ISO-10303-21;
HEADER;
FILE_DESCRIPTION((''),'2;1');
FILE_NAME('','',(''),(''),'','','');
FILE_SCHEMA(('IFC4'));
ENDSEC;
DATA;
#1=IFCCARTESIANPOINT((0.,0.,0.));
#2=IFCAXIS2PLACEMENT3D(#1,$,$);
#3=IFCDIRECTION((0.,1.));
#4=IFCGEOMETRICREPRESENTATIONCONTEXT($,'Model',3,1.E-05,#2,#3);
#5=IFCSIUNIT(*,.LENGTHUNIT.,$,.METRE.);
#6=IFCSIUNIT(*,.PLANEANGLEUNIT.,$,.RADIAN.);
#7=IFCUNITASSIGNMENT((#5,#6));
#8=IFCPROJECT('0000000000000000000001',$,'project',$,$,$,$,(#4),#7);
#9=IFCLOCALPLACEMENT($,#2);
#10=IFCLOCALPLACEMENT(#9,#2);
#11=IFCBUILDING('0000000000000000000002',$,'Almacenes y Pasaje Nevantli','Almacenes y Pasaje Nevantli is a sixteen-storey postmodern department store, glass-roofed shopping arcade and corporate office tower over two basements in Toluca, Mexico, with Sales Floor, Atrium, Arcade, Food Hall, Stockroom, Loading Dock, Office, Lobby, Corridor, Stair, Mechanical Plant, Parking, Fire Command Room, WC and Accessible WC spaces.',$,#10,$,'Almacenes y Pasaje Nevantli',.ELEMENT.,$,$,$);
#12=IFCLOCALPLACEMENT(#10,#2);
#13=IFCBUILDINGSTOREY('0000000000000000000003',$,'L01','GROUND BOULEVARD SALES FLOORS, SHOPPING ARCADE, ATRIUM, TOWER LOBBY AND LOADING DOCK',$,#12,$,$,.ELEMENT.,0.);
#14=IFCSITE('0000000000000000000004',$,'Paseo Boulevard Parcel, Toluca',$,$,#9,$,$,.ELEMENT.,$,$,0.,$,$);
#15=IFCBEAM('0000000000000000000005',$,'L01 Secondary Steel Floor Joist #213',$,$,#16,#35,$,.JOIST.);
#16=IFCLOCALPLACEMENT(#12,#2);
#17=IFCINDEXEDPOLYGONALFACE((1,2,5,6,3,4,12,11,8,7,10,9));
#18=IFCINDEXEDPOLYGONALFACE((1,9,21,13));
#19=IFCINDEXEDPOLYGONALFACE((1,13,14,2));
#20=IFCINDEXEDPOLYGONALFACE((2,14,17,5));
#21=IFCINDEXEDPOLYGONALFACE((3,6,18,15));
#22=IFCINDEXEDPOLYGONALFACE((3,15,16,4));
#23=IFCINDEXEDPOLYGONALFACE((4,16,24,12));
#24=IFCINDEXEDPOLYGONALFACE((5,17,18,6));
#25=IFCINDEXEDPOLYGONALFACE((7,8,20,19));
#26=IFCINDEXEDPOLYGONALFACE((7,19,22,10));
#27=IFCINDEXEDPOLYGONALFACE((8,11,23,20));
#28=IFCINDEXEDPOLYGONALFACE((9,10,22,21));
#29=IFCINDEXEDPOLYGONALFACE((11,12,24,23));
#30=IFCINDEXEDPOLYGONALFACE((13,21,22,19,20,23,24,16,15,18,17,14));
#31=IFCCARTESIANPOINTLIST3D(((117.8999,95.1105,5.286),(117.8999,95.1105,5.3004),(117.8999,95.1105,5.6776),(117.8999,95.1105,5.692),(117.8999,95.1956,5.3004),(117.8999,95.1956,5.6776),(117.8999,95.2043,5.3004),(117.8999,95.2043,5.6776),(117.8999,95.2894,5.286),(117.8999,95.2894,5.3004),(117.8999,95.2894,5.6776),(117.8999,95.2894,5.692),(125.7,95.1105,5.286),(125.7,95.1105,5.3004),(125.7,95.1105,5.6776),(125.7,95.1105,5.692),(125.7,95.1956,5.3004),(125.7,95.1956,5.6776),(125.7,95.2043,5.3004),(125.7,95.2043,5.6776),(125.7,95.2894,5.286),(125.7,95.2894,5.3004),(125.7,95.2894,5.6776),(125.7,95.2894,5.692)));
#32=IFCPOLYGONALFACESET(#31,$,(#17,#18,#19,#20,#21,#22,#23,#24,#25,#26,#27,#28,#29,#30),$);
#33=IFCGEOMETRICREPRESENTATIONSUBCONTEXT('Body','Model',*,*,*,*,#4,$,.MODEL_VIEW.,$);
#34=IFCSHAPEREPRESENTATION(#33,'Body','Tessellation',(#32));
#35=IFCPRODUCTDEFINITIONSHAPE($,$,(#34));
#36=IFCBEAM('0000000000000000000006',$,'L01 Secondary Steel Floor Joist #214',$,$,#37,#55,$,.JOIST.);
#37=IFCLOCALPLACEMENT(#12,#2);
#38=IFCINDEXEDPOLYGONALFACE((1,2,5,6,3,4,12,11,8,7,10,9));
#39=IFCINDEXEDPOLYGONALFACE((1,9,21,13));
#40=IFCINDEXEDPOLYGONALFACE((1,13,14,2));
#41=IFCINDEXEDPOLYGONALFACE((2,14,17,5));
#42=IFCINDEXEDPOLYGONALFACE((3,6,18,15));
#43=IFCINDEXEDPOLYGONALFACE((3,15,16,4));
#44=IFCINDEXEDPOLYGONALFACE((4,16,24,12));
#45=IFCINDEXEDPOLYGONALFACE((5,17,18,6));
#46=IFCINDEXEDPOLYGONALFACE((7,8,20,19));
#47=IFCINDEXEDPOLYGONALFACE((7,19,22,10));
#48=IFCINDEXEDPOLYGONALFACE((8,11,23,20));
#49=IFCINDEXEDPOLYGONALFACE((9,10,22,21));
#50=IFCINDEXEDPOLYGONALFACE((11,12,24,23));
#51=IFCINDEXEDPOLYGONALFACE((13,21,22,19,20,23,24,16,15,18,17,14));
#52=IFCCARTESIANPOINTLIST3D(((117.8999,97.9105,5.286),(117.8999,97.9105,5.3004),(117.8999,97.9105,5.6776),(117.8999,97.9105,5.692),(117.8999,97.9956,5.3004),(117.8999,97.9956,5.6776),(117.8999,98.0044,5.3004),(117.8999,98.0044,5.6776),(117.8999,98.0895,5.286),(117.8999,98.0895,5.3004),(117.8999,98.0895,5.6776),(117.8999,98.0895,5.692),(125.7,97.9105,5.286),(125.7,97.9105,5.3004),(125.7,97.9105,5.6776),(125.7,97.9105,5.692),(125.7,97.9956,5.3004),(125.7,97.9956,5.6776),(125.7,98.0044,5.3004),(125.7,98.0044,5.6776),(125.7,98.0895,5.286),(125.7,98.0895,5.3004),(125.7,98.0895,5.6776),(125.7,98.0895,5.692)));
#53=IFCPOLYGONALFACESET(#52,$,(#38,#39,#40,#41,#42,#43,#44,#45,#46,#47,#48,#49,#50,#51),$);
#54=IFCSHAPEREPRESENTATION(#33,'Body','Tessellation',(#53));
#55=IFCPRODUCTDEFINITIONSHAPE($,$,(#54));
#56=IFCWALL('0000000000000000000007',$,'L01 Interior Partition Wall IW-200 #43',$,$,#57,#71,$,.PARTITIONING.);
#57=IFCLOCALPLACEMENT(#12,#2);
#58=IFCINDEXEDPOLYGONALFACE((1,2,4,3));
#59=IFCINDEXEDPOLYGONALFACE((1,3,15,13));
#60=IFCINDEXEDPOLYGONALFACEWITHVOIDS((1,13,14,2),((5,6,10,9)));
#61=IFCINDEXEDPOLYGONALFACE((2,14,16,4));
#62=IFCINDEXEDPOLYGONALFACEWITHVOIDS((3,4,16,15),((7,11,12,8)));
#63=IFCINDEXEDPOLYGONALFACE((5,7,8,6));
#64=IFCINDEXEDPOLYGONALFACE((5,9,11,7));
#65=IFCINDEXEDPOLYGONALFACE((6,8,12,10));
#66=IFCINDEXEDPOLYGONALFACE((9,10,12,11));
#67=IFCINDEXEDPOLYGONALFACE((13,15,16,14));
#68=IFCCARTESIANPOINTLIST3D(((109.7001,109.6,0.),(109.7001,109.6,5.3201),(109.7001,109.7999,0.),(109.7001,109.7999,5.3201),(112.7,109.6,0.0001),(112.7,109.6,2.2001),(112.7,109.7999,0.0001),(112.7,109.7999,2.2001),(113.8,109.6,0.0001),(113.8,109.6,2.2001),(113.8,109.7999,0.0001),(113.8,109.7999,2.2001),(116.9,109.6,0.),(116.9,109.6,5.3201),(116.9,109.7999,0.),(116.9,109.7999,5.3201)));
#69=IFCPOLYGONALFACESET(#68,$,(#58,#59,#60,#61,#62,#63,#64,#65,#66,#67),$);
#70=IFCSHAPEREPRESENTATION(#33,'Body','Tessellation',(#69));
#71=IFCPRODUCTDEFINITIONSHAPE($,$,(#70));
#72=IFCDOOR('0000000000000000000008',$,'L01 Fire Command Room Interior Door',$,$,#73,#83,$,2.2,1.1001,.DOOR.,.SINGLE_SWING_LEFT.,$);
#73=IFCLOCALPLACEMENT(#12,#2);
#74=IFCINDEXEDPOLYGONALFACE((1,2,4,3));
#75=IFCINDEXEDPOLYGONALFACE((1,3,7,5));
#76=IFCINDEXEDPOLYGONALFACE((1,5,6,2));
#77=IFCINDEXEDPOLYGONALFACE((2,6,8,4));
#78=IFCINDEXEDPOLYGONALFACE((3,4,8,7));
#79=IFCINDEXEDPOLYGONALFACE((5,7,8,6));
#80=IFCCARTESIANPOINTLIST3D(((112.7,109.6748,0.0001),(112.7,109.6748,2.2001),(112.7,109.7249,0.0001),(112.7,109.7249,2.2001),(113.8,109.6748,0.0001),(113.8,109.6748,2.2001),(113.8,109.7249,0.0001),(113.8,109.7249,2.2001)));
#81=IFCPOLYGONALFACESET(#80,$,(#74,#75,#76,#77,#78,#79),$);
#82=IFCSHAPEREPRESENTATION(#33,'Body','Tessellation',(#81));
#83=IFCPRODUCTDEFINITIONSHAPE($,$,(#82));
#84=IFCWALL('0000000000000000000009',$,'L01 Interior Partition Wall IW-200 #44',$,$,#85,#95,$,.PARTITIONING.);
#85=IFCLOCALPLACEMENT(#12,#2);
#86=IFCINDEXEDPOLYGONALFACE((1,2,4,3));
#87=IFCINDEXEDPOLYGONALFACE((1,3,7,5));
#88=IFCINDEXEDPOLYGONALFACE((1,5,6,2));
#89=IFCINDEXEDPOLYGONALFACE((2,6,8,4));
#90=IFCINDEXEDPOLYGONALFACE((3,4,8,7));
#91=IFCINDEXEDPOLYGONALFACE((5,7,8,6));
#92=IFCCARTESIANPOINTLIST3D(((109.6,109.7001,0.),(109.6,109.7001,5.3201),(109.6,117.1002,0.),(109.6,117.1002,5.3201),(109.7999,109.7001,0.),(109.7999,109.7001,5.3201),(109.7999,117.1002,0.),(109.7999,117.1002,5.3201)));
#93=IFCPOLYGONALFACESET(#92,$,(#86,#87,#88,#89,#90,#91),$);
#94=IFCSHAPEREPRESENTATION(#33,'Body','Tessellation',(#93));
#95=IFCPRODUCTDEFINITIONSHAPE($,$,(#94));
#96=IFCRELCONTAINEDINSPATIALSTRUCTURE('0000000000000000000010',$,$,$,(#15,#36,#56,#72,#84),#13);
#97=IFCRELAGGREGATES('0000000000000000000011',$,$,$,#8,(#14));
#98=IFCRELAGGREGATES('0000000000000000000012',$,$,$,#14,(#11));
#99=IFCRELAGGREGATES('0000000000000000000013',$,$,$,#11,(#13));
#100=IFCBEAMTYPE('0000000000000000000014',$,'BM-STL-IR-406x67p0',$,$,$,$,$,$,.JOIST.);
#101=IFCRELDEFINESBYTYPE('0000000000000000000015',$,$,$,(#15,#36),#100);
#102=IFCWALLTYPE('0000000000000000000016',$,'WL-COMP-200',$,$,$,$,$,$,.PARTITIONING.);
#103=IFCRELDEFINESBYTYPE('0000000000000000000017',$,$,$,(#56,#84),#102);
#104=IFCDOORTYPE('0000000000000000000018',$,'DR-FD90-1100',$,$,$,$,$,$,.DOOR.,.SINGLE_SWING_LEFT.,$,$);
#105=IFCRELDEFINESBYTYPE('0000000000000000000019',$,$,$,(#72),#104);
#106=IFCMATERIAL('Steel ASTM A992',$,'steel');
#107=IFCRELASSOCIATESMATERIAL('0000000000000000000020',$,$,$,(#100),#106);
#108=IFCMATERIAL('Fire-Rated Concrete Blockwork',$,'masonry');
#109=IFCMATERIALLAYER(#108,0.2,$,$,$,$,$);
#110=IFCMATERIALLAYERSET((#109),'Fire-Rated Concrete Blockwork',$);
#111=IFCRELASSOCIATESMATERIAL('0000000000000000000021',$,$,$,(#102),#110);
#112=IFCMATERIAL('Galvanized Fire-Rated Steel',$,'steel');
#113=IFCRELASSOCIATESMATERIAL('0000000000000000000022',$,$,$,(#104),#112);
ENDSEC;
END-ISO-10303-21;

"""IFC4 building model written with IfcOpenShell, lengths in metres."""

from ifc_helpers import new_model, si_unit, direction, frame, frame_2d, origin, origin_2d, place, context, subcontext, project, spatial, rectangle, i_section, extrude, material, layer, layer_set, material_profile, profile_set, type_object, element, fill, save


model = new_model("IFC4")

# Units and contexts
model_context = context("Model", 3, precision=1e-05, world=origin(), true_north=direction((0.0, 1.0)))
body_context = subcontext(model_context, "Body", "Model", "MODEL_VIEW")
ifc_project = project(units=[si_unit("LENGTHUNIT", "METRE"), si_unit("PLANEANGLEUNIT", "RADIAN")], contexts=[model_context])

# Site, building, storey
site_placement = place(None, origin())
site = spatial("IfcSite", under=ifc_project, at=site_placement, Name="Paseo Boulevard Parcel, Toluca", CompositionType="ELEMENT", RefElevation=0.0)
building_placement = place(site_placement, origin())
building = spatial("IfcBuilding", under=site, at=building_placement, Name="Almacenes y Pasaje Nevantli", Description="Almacenes y Pasaje Nevantli is a sixteen-storey postmodern department store, glass-roofed shopping arcade and corporate office tower over two basements in Toluca, Mexico, with Sales Floor, Atrium, Arcade, Food Hall, Stockroom, Loading Dock, Office, Lobby, Corridor, Stair, Mechanical Plant, Parking, Fire Command Room, WC and Accessible WC spaces.", LongName="Almacenes y Pasaje Nevantli", CompositionType="ELEMENT")
storey_placement = place(building_placement, origin())
storey = spatial("IfcBuildingStorey", under=building, at=storey_placement, Name="L01", Description="GROUND BOULEVARD SALES FLOORS, SHOPPING ARCADE, ATRIUM, TOWER LOBBY AND LOADING DOCK", CompositionType="ELEMENT", Elevation=0.0)

# Beams
ifc_material_1 = material(Name="Steel ASTM A992", Category="steel")
ifc_material_profile_1 = material_profile(ifc_material_1, i_section(OverallWidth=0.179, OverallDepth=0.406, WebThickness=0.0088, FlangeThickness=0.0144, at=origin_2d()), Name="IR 406x67.0")
ifc_profile_set_1 = profile_set([ifc_material_profile_1], Name="Steel ASTM A992")
beam_type_1 = type_object("IfcBeamType", Name="BM-STL-IR-406x67p0", PredefinedType="JOIST", material=ifc_profile_set_1)
for number, where, z_axis, x_axis, name in (
    (1, (117.8999, 95.2, 5.489), (1.0, 0.0, 0.0), (0.0, 1.0, 0.0), "L01 Secondary Steel Floor Joist #213"),
    (2, (117.8999, 98.0, 5.489), (1.0, 0.0, 0.0), (0.0, 1.0, 0.0), "L01 Secondary Steel Floor Joist #214"),
):
    element("IfcBeam", number, at=place(storey_placement, frame(where, z_axis=z_axis, x_axis=x_axis)), inside=storey, type_object=beam_type_1, Name=name, PredefinedType="JOIST", context=body_context, shape_type="SweptSolid", body=[
        extrude(i_section(OverallWidth=0.179, OverallDepth=0.406, WebThickness=0.0088, FlangeThickness=0.0144, at=origin_2d()), origin(), (0.0, 0.0, 1.0), 7.8),
    ])

# Wall, opening, door
ifc_material_2 = material(Name="Fire-Rated Concrete Blockwork", Category="masonry")
ifc_layer = layer(ifc_material_2, 0.2)
ifc_layer_set = layer_set([ifc_layer], Name="Fire-Rated Concrete Blockwork")
wall_type = type_object("IfcWallType", Name="WL-COMP-200", PredefinedType="PARTITIONING", material=ifc_layer_set)
wall_1_placement = place(storey_placement, frame((109.7, 109.7, 0.0), z_axis=(0.0, 0.0, 1.0), x_axis=(1.0, 0.0, 0.0)))
wall_1 = element("IfcWall", 3, at=wall_1_placement, inside=storey, type_object=wall_type, Name="L01 Interior Partition Wall IW-200 #43", PredefinedType="PARTITIONING", context=body_context, shape_type="SweptSolid", body=[
    extrude(rectangle(XDim=7.2, YDim=0.2, at=frame_2d((3.6001, 0.0))), origin(), (0.0, 0.0, 1.0), 5.3201),
])
opening_placement = place(wall_1_placement, frame((3.0, 0.0, 0.0)))
opening = element("IfcOpeningElement", 4, at=opening_placement, cuts=wall_1, PredefinedType="OPENING", context=body_context, shape_type="SweptSolid", body=[
    extrude(rectangle(XDim=1.1001, YDim=2.2, at=frame_2d((0.55, 1.1001))), frame((0.0, 0.1099, 0.0), z_axis=(0.0, -1.0, 0.0), x_axis=(1.0, 0.0, 0.0)), (0.0, 0.0, 1.0), 0.22),
])
ifc_material_3 = material(Name="Galvanized Fire-Rated Steel", Category="steel")
door_type = type_object("IfcDoorType", Name="DR-FD90-1100", OperationType="SINGLE_SWING_LEFT", PredefinedType="DOOR", material=ifc_material_3)
door_placement = place(opening_placement, origin())
door = element("IfcDoor", 5, at=door_placement, inside=storey, type_object=door_type, Name="L01 Fire Command Room Interior Door", OperationType="SINGLE_SWING_LEFT", OverallHeight=2.2, OverallWidth=1.1001, PredefinedType="DOOR", context=body_context, shape_type="SweptSolid", body=[
    extrude(rectangle(XDim=1.1001, YDim=2.2, at=frame_2d((0.55, 1.1001))), frame((0.0, 0.0249, 0.0), z_axis=(0.0, -1.0, 0.0), x_axis=(1.0, 0.0, 0.0)), (0.0, 0.0, 1.0), 0.05),
])
fill(opening, door)

# Wall
wall_2_placement = place(storey_placement, frame((109.7, 109.7, 0.0), z_axis=(0.0, 0.0, 1.0), x_axis=(0.0, 1.0, 0.0)))
element("IfcWall", 6, at=wall_2_placement, inside=storey, type_object=wall_type, Name="L01 Interior Partition Wall IW-200 #44", PredefinedType="PARTITIONING", context=body_context, shape_type="SweptSolid", body=[
    extrude(rectangle(XDim=7.4001, YDim=0.2, at=frame_2d((3.7002, 0.0))), origin(), (0.0, 0.0, 1.0), 5.3201),
])

save(model, "model.ifc")
